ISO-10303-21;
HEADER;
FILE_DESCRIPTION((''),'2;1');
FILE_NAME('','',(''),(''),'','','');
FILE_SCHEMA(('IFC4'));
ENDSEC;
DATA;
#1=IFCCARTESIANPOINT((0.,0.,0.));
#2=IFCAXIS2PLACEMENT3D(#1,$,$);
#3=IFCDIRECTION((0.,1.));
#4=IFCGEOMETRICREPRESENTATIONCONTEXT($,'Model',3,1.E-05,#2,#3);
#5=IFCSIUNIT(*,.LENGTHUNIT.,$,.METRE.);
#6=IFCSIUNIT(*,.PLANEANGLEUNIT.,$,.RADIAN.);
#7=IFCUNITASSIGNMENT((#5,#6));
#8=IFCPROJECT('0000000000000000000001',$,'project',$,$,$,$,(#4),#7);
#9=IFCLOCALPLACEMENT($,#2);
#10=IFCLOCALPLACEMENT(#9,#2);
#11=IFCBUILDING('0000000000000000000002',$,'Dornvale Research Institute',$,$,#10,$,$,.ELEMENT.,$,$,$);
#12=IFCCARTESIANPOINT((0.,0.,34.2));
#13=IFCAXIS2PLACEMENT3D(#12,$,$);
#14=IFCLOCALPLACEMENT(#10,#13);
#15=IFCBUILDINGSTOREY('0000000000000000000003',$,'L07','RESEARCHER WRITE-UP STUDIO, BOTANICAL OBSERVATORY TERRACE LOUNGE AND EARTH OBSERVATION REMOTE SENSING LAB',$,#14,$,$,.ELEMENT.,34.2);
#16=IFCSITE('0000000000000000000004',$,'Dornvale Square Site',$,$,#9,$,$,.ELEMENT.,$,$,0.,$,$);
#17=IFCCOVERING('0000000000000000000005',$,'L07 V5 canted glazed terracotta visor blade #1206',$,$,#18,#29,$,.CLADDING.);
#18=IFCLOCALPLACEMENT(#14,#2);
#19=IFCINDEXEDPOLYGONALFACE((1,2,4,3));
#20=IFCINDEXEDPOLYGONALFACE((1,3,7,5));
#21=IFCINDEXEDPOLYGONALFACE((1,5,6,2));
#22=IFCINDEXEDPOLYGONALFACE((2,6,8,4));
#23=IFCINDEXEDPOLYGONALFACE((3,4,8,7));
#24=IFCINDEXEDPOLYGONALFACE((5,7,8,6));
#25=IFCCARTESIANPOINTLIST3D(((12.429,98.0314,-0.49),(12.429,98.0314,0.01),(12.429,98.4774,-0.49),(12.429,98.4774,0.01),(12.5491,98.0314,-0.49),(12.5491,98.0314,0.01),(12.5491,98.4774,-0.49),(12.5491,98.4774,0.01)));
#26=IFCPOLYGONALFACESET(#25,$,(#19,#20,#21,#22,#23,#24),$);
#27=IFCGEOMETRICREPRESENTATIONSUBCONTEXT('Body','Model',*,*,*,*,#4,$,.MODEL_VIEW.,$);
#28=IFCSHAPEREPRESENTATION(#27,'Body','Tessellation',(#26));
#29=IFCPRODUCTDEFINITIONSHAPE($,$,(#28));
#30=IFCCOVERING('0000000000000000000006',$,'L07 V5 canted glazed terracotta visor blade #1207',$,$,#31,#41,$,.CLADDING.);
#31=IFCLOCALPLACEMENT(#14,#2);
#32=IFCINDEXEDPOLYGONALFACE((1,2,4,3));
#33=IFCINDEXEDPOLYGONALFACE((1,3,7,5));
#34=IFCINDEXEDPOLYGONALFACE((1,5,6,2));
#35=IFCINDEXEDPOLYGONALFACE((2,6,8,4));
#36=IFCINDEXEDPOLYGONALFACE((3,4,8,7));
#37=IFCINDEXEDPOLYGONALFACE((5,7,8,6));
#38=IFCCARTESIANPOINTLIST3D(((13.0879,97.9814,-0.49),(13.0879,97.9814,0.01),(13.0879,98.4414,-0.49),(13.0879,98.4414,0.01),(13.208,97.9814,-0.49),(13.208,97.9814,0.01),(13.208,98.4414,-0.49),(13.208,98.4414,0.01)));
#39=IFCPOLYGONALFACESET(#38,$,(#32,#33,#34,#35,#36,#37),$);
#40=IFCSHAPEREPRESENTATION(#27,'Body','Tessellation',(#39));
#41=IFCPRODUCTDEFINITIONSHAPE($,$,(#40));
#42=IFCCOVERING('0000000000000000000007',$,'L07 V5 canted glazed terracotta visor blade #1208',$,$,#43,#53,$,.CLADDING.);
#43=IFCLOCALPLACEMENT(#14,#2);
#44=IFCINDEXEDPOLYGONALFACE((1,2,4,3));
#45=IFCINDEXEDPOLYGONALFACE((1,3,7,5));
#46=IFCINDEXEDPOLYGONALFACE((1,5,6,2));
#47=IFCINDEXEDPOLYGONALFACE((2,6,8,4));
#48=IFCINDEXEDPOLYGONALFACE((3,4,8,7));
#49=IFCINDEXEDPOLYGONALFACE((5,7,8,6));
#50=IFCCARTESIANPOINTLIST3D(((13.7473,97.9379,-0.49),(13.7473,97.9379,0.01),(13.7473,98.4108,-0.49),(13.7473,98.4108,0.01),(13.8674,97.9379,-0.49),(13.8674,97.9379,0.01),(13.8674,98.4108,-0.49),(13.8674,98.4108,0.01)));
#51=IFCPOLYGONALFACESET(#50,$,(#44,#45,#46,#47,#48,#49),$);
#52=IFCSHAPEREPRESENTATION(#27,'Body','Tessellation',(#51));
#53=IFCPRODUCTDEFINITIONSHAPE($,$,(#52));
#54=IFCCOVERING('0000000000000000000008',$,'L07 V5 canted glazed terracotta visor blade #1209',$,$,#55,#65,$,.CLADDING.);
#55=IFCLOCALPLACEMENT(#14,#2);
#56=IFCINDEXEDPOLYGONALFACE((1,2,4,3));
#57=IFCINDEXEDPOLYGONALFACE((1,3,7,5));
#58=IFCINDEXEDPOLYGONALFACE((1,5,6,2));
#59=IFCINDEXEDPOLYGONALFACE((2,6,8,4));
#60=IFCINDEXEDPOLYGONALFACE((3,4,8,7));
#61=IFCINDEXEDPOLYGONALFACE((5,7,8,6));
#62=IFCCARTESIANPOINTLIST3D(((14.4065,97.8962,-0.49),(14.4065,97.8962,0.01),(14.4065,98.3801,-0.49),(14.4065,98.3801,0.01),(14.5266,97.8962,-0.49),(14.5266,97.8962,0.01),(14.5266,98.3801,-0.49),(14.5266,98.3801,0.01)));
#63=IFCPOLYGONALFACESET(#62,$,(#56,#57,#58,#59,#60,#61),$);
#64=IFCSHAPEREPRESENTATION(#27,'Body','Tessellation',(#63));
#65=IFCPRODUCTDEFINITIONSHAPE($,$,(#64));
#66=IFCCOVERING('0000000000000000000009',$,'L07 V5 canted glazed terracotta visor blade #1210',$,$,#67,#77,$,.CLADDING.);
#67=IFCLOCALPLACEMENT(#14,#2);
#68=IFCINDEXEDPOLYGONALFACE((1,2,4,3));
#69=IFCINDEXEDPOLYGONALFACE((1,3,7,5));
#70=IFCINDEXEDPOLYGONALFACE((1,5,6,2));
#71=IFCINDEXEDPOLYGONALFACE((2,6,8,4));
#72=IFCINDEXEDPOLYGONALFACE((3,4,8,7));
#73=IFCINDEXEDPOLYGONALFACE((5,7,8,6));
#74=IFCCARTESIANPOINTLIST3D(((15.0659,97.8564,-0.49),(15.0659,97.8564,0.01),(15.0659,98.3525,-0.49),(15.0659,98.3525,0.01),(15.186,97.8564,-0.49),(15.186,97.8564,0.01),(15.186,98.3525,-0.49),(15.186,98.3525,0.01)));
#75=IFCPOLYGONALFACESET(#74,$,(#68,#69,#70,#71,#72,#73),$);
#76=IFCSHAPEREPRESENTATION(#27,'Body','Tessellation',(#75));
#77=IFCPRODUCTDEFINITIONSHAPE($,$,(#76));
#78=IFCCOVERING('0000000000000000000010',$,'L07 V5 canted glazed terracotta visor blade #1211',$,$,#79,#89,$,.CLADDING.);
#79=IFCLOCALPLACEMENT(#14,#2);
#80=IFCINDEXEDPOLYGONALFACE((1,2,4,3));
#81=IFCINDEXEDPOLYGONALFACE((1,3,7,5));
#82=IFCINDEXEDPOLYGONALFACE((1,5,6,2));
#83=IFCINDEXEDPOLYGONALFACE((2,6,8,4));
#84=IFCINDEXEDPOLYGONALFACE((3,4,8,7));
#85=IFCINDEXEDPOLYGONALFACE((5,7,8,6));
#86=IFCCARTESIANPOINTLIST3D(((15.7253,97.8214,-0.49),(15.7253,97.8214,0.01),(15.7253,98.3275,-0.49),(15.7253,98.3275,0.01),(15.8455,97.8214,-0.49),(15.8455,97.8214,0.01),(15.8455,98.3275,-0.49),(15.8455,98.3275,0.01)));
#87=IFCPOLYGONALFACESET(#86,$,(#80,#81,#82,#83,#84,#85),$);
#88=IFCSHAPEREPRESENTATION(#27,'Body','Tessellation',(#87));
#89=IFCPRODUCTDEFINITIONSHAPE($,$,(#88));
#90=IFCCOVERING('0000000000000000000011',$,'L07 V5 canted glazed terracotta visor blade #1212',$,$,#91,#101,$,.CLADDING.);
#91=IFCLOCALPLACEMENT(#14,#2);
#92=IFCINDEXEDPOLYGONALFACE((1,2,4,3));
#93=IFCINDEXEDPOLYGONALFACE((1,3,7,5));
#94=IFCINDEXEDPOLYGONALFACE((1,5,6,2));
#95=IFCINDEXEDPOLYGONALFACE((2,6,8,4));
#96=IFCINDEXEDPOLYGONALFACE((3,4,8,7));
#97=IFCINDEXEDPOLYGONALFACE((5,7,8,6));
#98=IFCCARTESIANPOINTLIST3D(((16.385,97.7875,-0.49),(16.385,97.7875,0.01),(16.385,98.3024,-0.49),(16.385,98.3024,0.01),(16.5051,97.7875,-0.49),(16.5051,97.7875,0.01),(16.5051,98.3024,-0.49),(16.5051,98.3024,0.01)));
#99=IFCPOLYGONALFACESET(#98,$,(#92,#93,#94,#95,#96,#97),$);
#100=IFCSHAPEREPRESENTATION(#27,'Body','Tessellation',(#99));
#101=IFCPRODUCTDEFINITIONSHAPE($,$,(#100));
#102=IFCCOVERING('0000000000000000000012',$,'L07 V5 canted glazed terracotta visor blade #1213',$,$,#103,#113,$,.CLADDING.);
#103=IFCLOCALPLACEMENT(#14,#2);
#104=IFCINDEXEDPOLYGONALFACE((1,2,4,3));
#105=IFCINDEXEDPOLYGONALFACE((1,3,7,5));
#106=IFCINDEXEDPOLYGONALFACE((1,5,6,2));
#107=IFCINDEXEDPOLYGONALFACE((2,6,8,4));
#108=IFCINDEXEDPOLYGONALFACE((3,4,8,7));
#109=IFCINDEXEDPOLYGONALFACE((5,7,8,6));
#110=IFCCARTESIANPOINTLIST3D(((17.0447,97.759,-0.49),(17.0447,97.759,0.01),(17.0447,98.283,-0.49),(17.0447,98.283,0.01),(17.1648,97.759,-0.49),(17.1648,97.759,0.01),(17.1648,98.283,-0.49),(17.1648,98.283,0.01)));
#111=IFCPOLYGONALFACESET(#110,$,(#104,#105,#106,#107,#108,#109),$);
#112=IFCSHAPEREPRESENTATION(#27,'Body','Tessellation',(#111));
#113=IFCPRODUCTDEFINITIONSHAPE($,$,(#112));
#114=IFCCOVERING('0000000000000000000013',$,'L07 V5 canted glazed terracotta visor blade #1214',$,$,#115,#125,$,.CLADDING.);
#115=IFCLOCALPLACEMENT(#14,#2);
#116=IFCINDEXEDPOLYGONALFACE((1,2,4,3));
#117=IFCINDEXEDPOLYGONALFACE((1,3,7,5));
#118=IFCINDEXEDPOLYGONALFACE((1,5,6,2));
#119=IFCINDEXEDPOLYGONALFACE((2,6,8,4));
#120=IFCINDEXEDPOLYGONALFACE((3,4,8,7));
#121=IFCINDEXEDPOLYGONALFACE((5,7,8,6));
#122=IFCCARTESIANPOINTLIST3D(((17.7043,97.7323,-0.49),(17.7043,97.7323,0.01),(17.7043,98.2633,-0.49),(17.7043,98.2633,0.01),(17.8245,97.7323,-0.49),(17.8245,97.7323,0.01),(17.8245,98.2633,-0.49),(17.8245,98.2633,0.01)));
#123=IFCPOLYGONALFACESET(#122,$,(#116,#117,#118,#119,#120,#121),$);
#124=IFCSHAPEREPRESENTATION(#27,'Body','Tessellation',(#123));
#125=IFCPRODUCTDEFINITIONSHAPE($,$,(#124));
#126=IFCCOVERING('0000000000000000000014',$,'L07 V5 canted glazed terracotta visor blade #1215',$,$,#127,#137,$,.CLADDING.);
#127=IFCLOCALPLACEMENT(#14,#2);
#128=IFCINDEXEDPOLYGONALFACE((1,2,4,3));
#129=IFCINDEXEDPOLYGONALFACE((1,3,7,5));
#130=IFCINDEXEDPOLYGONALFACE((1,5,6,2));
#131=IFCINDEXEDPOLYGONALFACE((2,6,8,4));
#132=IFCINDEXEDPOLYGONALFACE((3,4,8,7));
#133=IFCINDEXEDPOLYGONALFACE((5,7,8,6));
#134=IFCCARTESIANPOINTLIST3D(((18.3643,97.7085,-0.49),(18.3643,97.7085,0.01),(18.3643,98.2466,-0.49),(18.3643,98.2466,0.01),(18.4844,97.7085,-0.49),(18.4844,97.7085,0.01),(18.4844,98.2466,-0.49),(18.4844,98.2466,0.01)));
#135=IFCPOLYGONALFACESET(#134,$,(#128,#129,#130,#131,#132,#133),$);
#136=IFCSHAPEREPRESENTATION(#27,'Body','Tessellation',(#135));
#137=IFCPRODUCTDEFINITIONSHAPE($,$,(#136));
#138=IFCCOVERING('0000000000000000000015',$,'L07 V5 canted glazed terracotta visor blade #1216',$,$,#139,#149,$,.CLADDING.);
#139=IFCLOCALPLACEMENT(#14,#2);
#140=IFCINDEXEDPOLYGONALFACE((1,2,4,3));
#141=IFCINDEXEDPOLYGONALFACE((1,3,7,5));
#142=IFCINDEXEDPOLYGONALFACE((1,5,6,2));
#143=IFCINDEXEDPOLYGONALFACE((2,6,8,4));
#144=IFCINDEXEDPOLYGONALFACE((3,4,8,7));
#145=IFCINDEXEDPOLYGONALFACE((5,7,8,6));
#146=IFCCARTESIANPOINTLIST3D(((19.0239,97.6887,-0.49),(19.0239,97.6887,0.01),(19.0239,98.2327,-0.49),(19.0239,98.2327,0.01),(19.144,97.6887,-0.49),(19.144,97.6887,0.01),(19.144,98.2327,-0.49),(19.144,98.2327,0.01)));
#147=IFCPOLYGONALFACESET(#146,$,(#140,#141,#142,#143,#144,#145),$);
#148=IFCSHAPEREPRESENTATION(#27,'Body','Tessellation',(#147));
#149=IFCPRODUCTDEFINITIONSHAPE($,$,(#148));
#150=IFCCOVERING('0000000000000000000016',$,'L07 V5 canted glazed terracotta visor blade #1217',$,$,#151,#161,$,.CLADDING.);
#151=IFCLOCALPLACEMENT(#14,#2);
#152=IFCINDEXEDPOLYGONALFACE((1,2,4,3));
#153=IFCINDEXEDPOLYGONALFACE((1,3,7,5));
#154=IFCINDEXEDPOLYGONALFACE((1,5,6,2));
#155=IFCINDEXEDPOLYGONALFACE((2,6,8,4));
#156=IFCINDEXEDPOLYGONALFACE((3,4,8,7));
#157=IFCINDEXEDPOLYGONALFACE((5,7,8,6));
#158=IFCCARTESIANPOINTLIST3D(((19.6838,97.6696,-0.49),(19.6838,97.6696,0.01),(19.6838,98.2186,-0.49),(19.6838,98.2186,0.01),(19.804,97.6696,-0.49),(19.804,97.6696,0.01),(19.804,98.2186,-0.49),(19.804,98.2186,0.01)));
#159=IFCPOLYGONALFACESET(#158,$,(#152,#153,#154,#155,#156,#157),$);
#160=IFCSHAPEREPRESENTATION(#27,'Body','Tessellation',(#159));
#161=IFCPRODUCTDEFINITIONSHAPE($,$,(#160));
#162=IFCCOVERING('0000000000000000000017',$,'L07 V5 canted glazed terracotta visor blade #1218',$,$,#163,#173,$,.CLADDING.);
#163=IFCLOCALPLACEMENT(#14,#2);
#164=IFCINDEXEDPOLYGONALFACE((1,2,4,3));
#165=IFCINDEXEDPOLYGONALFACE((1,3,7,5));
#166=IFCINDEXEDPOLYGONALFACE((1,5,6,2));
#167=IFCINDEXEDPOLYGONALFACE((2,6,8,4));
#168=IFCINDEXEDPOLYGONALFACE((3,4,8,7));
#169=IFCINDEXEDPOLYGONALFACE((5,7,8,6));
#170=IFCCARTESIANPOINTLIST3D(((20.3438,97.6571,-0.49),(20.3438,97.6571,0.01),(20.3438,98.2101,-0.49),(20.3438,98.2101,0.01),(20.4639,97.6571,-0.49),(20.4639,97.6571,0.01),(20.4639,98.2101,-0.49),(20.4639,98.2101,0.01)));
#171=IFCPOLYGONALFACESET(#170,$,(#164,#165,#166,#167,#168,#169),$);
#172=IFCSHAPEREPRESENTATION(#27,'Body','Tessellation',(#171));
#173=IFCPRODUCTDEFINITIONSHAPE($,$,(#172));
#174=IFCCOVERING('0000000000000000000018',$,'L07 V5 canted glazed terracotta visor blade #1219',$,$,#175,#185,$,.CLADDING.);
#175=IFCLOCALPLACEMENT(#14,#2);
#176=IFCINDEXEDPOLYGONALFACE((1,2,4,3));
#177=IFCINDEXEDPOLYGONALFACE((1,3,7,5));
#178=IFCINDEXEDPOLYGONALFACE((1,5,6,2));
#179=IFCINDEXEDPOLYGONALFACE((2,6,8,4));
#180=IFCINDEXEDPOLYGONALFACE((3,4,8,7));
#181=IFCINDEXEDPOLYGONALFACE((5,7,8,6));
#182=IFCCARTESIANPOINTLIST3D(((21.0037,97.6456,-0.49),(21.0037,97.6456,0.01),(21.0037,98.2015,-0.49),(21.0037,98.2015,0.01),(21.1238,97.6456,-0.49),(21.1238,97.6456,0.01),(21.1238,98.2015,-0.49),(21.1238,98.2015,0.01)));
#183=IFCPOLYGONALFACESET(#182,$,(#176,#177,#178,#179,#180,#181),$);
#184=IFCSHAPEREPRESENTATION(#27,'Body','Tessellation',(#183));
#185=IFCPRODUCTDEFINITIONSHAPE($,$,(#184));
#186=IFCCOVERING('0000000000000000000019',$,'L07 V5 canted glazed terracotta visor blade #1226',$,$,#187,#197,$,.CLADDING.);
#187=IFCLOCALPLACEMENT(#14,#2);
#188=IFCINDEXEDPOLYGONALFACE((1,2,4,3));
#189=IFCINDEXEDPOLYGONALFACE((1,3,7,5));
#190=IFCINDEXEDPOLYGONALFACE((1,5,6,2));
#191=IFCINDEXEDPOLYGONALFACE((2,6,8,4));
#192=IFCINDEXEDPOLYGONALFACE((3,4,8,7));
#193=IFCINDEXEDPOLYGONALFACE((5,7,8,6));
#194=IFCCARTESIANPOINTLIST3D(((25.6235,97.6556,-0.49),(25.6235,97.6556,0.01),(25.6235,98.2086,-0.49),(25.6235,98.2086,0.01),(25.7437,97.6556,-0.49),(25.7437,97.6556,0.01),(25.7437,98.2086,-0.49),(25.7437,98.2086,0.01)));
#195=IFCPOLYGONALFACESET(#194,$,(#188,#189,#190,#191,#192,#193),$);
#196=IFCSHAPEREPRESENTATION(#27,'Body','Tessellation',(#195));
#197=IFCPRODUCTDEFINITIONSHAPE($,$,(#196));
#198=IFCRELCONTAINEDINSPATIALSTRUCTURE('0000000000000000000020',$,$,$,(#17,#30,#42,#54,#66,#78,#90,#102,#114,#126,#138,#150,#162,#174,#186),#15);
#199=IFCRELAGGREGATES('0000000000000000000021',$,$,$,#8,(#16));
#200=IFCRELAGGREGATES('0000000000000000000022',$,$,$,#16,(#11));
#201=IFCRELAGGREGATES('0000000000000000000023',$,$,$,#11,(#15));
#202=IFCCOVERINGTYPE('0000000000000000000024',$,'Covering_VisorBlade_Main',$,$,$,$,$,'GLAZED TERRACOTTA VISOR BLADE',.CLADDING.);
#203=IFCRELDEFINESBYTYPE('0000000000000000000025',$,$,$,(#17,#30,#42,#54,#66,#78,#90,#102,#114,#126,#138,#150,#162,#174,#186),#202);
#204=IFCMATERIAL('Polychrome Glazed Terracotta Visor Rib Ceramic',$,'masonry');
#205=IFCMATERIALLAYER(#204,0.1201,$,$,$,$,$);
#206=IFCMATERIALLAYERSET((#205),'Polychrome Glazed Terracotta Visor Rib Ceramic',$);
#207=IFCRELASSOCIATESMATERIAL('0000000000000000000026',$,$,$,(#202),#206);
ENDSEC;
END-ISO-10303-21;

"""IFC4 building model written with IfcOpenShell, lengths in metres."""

from ifc_helpers import new_model, si_unit, direction, frame, origin, origin_2d, place, context, subcontext, project, spatial, rectangle, extrude, material, layer, layer_set, type_object, element, save


model = new_model("IFC4")

# Units and contexts
model_context = context("Model", 3, precision=1e-05, world=origin(), true_north=direction((0.0, 1.0)))
body_context = subcontext(model_context, "Body", "Model", "MODEL_VIEW")
ifc_project = project(units=[si_unit("LENGTHUNIT", "METRE"), si_unit("PLANEANGLEUNIT", "RADIAN")], contexts=[model_context])

# Site, building, storey
site_placement = place(None, origin())
site = spatial("IfcSite", under=ifc_project, at=site_placement, Name="Dornvale Square Site", CompositionType="ELEMENT", RefElevation=0.0)
building_placement = place(site_placement, origin())
building = spatial("IfcBuilding", under=site, at=building_placement, Name="Dornvale Research Institute", CompositionType="ELEMENT")
storey_placement = place(building_placement, frame((0.0, 0.0, 34.2)))
storey = spatial("IfcBuildingStorey", under=building, at=storey_placement, Name="L07", Description="RESEARCHER WRITE-UP STUDIO, BOTANICAL OBSERVATORY TERRACE LOUNGE AND EARTH OBSERVATION REMOTE SENSING LAB", CompositionType="ELEMENT", Elevation=34.2)

# Coverings
ifc_material = material(Name="Polychrome Glazed Terracotta Visor Rib Ceramic", Category="masonry")
ifc_layer = layer(ifc_material, 0.1201)
ifc_layer_set = layer_set([ifc_layer], Name="Polychrome Glazed Terracotta Visor Rib Ceramic")
covering_type = type_object("IfcCoveringType", Name="Covering_VisorBlade_Main", ElementType="GLAZED TERRACOTTA VISOR BLADE", PredefinedType="CLADDING", material=ifc_layer_set)
covering_1_placement = place(storey_placement, frame((12.489, 98.2544, -0.49), z_axis=(0.0, 0.0, 1.0), x_axis=(0.0, 1.0, 0.0)))
element("IfcCovering", 1, at=covering_1_placement, inside=storey, type_object=covering_type, Name="L07 V5 canted glazed terracotta visor blade #1206", PredefinedType="CLADDING", context=body_context, shape_type="SweptSolid", body=[
    extrude(rectangle(XDim=0.446, YDim=0.1201, at=origin_2d()), origin(), (0.0, 0.0, 1.0), 0.5),
])
covering_2_placement = place(storey_placement, frame((13.1479, 98.2114, -0.49), z_axis=(0.0, 0.0, 1.0), x_axis=(0.0, 1.0, 0.0)))
element("IfcCovering", 2, at=covering_2_placement, inside=storey, type_object=covering_type, Name="L07 V5 canted glazed terracotta visor blade #1207", PredefinedType="CLADDING", context=body_context, shape_type="SweptSolid", body=[
    extrude(rectangle(XDim=0.46, YDim=0.1201, at=origin_2d()), origin(), (0.0, 0.0, 1.0), 0.5),
])
covering_3_placement = place(storey_placement, frame((13.8074, 98.1743, -0.49), z_axis=(0.0, 0.0, 1.0), x_axis=(0.0, 1.0, 0.0)))
element("IfcCovering", 3, at=covering_3_placement, inside=storey, type_object=covering_type, Name="L07 V5 canted glazed terracotta visor blade #1208", PredefinedType="CLADDING", context=body_context, shape_type="SweptSolid", body=[
    extrude(rectangle(XDim=0.4729, YDim=0.1201, at=origin_2d()), origin(), (0.0, 0.0, 1.0), 0.5),
])
covering_4_placement = place(storey_placement, frame((14.4666, 98.1382, -0.49), z_axis=(0.0, 0.0, 1.0), x_axis=(0.0, 1.0, 0.0)))
element("IfcCovering", 4, at=covering_4_placement, inside=storey, type_object=covering_type, Name="L07 V5 canted glazed terracotta visor blade #1209", PredefinedType="CLADDING", context=body_context, shape_type="SweptSolid", body=[
    extrude(rectangle(XDim=0.4839, YDim=0.1201, at=origin_2d()), origin(), (0.0, 0.0, 1.0), 0.5),
])
covering_5_placement = place(storey_placement, frame((15.126, 98.1045, -0.49), z_axis=(0.0, 0.0, 1.0), x_axis=(0.0, 1.0, 0.0)))
element("IfcCovering", 5, at=covering_5_placement, inside=storey, type_object=covering_type, Name="L07 V5 canted glazed terracotta visor blade #1210", PredefinedType="CLADDING", context=body_context, shape_type="SweptSolid", body=[
    extrude(rectangle(XDim=0.4961, YDim=0.1201, at=origin_2d()), origin(), (0.0, 0.0, 1.0), 0.5),
])
covering_6_placement = place(storey_placement, frame((15.7854, 98.0745, -0.49), z_axis=(0.0, 0.0, 1.0), x_axis=(0.0, 1.0, 0.0)))
element("IfcCovering", 6, at=covering_6_placement, inside=storey, type_object=covering_type, Name="L07 V5 canted glazed terracotta visor blade #1211", PredefinedType="CLADDING", context=body_context, shape_type="SweptSolid", body=[
    extrude(rectangle(XDim=0.5061, YDim=0.1201, at=origin_2d()), origin(), (0.0, 0.0, 1.0), 0.5),
])
covering_7_placement = place(storey_placement, frame((16.4451, 98.0449, -0.49), z_axis=(0.0, 0.0, 1.0), x_axis=(0.0, 1.0, 0.0)))
element("IfcCovering", 7, at=covering_7_placement, inside=storey, type_object=covering_type, Name="L07 V5 canted glazed terracotta visor blade #1212", PredefinedType="CLADDING", context=body_context, shape_type="SweptSolid", body=[
    extrude(rectangle(XDim=0.5149, YDim=0.1201, at=origin_2d()), origin(), (0.0, 0.0, 1.0), 0.5),
])
covering_8_placement = place(storey_placement, frame((17.1047, 98.021, -0.49), z_axis=(0.0, 0.0, 1.0), x_axis=(0.0, 1.0, 0.0)))
element("IfcCovering", 8, at=covering_8_placement, inside=storey, type_object=covering_type, Name="L07 V5 canted glazed terracotta visor blade #1213", PredefinedType="CLADDING", context=body_context, shape_type="SweptSolid", body=[
    extrude(rectangle(XDim=0.5239, YDim=0.1201, at=origin_2d()), origin(), (0.0, 0.0, 1.0), 0.5),
])
covering_9_placement = place(storey_placement, frame((17.7644, 97.9978, -0.49), z_axis=(0.0, 0.0, 1.0), x_axis=(0.0, 1.0, 0.0)))
element("IfcCovering", 9, at=covering_9_placement, inside=storey, type_object=covering_type, Name="L07 V5 canted glazed terracotta visor blade #1214", PredefinedType="CLADDING", context=body_context, shape_type="SweptSolid", body=[
    extrude(rectangle(XDim=0.531, YDim=0.1201, at=origin_2d()), origin(), (0.0, 0.0, 1.0), 0.5),
])
covering_10_placement = place(storey_placement, frame((18.4243, 97.9775, -0.49), z_axis=(0.0, 0.0, 1.0), x_axis=(0.0, 1.0, 0.0)))
element("IfcCovering", 10, at=covering_10_placement, inside=storey, type_object=covering_type, Name="L07 V5 canted glazed terracotta visor blade #1215", PredefinedType="CLADDING", context=body_context, shape_type="SweptSolid", body=[
    extrude(rectangle(XDim=0.5381, YDim=0.1201, at=origin_2d()), origin(), (0.0, 0.0, 1.0), 0.5),
])
covering_11_placement = place(storey_placement, frame((19.084, 97.9607, -0.49), z_axis=(0.0, 0.0, 1.0), x_axis=(0.0, 1.0, 0.0)))
element("IfcCovering", 11, at=covering_11_placement, inside=storey, type_object=covering_type, Name="L07 V5 canted glazed terracotta visor blade #1216", PredefinedType="CLADDING", context=body_context, shape_type="SweptSolid", body=[
    extrude(rectangle(XDim=0.5439, YDim=0.1201, at=origin_2d()), origin(), (0.0, 0.0, 1.0), 0.5),
])
covering_12_placement = place(storey_placement, frame((19.7439, 97.9441, -0.49), z_axis=(0.0, 0.0, 1.0), x_axis=(0.0, 1.0, 0.0)))
element("IfcCovering", 12, at=covering_12_placement, inside=storey, type_object=covering_type, Name="L07 V5 canted glazed terracotta visor blade #1217", PredefinedType="CLADDING", context=body_context, shape_type="SweptSolid", body=[
    extrude(rectangle(XDim=0.5491, YDim=0.1201, at=origin_2d()), origin(), (0.0, 0.0, 1.0), 0.5),
])
covering_13_placement = place(storey_placement, frame((20.4038, 97.9336, -0.49), z_axis=(0.0, 0.0, 1.0), x_axis=(0.0, 1.0, 0.0)))
element("IfcCovering", 13, at=covering_13_placement, inside=storey, type_object=covering_type, Name="L07 V5 canted glazed terracotta visor blade #1218", PredefinedType="CLADDING", context=body_context, shape_type="SweptSolid", body=[
    extrude(rectangle(XDim=0.553, YDim=0.1201, at=origin_2d()), origin(), (0.0, 0.0, 1.0), 0.5),
])
covering_14_placement = place(storey_placement, frame((21.0637, 97.9236, -0.49), z_axis=(0.0, 0.0, 1.0), x_axis=(0.0, 1.0, 0.0)))
element("IfcCovering", 14, at=covering_14_placement, inside=storey, type_object=covering_type, Name="L07 V5 canted glazed terracotta visor blade #1219", PredefinedType="CLADDING", context=body_context, shape_type="SweptSolid", body=[
    extrude(rectangle(XDim=0.5559, YDim=0.1201, at=origin_2d()), origin(), (0.0, 0.0, 1.0), 0.5),
])
covering_15_placement = place(storey_placement, frame((25.6836, 97.9321, -0.49), z_axis=(0.0, 0.0, 1.0), x_axis=(0.0, 1.0, 0.0)))
element("IfcCovering", 15, at=covering_15_placement, inside=storey, type_object=covering_type, Name="L07 V5 canted glazed terracotta visor blade #1226", PredefinedType="CLADDING", context=body_context, shape_type="SweptSolid", body=[
    extrude(rectangle(XDim=0.553, YDim=0.1201, at=origin_2d()), origin(), (0.0, 0.0, 1.0), 0.5),
])

save(model, "model.ifc")
